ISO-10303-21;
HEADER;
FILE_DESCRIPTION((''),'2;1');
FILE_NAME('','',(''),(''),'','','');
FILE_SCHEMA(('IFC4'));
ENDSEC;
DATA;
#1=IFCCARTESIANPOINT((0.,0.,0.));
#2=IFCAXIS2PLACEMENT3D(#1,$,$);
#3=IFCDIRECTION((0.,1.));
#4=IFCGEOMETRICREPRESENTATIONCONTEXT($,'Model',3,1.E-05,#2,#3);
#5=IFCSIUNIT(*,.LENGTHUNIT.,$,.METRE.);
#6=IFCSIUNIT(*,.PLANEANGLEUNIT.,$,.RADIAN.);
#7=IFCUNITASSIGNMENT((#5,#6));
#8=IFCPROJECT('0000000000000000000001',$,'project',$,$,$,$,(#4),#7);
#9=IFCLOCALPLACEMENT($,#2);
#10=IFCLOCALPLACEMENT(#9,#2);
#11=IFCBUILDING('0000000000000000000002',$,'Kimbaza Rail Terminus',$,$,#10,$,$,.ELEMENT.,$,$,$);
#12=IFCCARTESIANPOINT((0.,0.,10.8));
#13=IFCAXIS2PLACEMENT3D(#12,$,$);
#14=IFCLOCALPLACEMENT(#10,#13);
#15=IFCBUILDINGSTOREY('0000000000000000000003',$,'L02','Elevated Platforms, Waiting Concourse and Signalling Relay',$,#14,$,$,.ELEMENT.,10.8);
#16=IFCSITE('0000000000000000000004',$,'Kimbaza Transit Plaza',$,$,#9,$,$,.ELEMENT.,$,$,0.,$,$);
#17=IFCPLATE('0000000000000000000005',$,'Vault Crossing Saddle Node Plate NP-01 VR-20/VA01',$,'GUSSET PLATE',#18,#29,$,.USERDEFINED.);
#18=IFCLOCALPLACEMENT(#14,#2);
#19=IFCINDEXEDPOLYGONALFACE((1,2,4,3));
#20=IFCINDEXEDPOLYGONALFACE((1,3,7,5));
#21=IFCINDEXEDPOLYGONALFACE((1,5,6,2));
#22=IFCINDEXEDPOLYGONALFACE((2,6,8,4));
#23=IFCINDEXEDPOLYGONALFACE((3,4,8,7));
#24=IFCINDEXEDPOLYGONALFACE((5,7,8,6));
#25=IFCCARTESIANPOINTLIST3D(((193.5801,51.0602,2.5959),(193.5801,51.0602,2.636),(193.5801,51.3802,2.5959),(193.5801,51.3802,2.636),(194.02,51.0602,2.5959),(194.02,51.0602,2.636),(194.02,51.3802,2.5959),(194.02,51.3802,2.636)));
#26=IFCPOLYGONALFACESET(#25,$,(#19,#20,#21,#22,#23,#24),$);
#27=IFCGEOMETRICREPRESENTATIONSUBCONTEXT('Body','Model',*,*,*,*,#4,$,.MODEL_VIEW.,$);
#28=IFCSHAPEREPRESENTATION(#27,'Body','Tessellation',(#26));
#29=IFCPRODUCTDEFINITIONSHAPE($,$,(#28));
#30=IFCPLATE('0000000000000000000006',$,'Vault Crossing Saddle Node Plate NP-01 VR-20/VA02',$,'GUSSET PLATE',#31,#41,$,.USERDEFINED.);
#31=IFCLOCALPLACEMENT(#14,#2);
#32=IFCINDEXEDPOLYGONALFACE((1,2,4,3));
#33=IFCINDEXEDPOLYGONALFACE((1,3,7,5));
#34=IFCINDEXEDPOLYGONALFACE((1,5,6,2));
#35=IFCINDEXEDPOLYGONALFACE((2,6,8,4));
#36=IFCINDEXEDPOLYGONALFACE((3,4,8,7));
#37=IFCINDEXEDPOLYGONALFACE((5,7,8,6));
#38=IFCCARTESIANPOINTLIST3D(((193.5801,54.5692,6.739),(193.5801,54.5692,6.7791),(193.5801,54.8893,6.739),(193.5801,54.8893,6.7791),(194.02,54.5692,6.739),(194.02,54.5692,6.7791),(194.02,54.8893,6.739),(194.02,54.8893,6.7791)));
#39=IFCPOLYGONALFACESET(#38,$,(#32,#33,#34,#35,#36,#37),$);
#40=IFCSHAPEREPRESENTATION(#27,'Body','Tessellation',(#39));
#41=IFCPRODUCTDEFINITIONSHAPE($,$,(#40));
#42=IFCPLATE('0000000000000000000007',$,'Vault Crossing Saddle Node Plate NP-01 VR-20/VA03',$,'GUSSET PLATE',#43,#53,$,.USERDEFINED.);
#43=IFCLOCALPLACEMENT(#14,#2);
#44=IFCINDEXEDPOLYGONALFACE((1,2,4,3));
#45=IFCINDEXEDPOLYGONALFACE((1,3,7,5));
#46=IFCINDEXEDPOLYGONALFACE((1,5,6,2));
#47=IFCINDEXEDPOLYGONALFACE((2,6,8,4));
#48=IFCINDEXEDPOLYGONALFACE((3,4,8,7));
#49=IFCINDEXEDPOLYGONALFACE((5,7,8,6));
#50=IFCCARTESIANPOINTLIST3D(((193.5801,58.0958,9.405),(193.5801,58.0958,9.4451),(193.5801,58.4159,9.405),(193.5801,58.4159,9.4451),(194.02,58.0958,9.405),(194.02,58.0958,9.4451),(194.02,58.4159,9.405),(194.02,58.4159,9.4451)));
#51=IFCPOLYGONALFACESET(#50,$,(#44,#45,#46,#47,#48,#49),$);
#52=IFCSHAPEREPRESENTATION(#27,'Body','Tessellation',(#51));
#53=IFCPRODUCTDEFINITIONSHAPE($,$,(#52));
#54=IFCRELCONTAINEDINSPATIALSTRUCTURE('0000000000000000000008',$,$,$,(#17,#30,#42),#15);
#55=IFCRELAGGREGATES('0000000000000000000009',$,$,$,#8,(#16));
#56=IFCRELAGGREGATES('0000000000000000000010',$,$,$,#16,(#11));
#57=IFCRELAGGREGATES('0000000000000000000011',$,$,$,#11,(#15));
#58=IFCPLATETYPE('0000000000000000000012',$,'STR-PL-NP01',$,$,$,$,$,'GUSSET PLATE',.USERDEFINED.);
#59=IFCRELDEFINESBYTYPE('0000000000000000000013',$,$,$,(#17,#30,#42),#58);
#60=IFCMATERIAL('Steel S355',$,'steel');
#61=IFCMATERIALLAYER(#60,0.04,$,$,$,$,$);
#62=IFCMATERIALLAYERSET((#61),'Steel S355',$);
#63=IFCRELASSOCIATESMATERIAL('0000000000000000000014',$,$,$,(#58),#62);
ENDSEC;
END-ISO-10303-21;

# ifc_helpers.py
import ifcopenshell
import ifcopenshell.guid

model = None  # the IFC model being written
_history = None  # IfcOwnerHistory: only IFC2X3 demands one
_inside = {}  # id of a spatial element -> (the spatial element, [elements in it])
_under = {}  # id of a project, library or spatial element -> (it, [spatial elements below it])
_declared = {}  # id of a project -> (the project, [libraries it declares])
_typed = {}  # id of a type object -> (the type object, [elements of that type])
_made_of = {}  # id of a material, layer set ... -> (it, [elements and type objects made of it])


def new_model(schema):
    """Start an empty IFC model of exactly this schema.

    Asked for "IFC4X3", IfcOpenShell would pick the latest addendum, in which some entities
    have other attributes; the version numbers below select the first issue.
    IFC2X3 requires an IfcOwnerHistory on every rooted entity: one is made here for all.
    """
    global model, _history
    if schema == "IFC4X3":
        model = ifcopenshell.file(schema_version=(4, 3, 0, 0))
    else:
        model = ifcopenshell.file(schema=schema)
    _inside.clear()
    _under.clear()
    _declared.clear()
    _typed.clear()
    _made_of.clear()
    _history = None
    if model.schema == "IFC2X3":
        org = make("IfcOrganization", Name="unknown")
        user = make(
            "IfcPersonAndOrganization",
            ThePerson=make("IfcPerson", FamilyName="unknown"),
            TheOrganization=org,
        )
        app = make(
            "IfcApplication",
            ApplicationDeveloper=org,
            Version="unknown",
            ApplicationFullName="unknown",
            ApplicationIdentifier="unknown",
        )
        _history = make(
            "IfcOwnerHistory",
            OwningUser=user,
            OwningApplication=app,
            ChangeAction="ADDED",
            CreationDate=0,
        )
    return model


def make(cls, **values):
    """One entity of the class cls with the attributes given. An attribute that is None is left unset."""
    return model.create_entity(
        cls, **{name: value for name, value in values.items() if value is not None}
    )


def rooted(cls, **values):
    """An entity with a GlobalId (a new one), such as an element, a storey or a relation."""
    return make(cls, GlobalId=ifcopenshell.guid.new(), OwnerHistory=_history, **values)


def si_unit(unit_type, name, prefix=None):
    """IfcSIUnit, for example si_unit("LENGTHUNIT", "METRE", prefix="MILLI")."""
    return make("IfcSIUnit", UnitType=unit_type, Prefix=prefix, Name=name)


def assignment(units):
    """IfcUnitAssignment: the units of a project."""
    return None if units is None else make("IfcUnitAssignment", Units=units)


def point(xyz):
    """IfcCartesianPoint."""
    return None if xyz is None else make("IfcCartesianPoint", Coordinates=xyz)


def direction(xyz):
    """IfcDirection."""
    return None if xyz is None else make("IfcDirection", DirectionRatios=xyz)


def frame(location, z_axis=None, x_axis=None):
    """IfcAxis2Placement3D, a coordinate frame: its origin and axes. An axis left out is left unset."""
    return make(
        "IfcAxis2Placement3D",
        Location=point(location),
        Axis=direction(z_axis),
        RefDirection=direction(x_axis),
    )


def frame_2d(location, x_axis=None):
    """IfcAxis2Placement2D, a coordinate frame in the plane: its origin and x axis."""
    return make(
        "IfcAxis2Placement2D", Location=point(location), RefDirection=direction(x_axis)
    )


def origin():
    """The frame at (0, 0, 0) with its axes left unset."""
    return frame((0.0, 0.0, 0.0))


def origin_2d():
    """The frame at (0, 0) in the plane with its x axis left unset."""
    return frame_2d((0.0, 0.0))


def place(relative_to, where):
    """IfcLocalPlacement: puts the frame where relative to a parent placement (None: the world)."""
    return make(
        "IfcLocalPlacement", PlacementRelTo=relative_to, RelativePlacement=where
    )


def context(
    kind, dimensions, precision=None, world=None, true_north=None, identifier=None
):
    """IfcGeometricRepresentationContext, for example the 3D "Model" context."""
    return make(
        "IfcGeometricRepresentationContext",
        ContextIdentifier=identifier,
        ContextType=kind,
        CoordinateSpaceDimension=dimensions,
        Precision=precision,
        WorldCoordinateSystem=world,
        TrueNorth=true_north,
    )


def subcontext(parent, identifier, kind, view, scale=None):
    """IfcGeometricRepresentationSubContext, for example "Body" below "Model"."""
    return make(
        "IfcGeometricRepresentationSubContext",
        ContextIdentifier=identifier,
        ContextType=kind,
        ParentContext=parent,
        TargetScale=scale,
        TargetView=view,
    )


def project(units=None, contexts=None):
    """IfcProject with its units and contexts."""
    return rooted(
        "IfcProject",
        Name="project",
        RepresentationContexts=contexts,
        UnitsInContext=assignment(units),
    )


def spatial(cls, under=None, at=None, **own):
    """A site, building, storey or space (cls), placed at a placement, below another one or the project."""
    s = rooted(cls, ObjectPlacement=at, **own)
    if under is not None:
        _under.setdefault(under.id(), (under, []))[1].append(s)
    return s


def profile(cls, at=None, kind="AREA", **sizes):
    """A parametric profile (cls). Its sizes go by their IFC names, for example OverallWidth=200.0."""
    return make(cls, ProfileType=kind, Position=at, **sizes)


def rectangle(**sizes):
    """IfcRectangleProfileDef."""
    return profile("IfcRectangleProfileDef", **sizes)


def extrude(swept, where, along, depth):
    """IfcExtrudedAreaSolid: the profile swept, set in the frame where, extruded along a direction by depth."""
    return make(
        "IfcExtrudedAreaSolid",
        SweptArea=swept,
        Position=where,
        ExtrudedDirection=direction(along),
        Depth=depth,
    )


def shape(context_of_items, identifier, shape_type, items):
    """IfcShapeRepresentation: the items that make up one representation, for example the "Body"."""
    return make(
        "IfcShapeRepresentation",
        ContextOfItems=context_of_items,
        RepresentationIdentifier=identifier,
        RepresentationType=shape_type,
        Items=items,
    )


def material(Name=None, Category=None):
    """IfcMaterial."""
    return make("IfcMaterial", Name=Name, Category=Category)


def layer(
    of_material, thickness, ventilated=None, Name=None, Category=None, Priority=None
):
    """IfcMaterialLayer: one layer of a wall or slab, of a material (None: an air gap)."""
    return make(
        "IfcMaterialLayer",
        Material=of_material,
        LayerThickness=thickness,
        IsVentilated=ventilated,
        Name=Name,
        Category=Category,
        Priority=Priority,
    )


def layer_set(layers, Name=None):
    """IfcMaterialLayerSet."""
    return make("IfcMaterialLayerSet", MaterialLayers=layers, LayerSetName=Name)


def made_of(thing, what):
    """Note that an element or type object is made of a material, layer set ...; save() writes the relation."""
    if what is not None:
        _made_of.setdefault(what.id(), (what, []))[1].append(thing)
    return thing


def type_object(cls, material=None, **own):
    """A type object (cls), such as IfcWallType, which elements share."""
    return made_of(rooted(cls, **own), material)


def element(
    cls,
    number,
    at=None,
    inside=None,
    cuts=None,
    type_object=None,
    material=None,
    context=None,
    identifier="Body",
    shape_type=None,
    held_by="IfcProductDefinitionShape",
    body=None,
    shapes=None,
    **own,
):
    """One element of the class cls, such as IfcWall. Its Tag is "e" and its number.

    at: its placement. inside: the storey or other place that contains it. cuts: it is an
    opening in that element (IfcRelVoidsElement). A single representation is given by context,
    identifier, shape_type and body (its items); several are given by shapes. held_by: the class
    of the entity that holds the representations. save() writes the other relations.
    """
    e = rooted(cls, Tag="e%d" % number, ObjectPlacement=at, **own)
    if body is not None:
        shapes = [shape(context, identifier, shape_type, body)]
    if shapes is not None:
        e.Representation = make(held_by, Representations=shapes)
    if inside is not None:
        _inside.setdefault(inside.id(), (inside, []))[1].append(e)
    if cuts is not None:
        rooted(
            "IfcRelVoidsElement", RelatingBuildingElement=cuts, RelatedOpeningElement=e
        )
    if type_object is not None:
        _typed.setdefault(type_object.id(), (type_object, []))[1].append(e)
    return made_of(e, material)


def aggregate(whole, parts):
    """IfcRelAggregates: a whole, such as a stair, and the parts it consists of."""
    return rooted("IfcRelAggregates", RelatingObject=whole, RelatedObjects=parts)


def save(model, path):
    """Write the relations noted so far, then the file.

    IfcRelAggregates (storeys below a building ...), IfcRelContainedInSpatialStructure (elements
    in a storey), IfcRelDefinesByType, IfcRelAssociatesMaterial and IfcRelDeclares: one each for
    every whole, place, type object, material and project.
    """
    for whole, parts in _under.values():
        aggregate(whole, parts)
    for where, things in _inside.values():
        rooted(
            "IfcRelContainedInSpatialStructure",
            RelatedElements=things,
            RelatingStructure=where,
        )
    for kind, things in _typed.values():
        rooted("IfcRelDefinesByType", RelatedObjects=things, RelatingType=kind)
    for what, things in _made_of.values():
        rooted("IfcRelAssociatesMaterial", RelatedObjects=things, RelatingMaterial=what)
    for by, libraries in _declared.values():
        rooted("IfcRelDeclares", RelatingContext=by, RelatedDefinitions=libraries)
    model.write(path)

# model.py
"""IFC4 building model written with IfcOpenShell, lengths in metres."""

from ifc_helpers import new_model, si_unit, direction, frame, origin, origin_2d, place, context, subcontext, project, spatial, rectangle, extrude, material, layer, layer_set, type_object, element, save


model = new_model("IFC4")

# Units and contexts
model_context = context("Model", 3, precision=1e-05, world=origin(), true_north=direction((0.0, 1.0)))
body_context = subcontext(model_context, "Body", "Model", "MODEL_VIEW")
ifc_project = project(units=[si_unit("LENGTHUNIT", "METRE"), si_unit("PLANEANGLEUNIT", "RADIAN")], contexts=[model_context])

# Site, building, storey
site_placement = place(None, origin())
site = spatial("IfcSite", under=ifc_project, at=site_placement, Name="Kimbaza Transit Plaza", CompositionType="ELEMENT", RefElevation=0.0)
building_placement = place(site_placement, origin())
building = spatial("IfcBuilding", under=site, at=building_placement, Name="Kimbaza Rail Terminus", CompositionType="ELEMENT")
storey_placement = place(building_placement, frame((0.0, 0.0, 10.8)))
storey = spatial("IfcBuildingStorey", under=building, at=storey_placement, Name="L02", Description="Elevated Platforms, Waiting Concourse and Signalling Relay", CompositionType="ELEMENT", Elevation=10.8)

# Plates
ifc_material_1 = material(Name="Steel S355", Category="steel")
ifc_layer_1 = layer(ifc_material_1, 0.04)
ifc_layer_set_1 = layer_set([ifc_layer_1], Name="Steel S355")
plate_type_1 = type_object("IfcPlateType", Name="STR-PL-NP01", ElementType="GUSSET PLATE", PredefinedType="USERDEFINED", material=ifc_layer_set_1)
for number, where, z_axis, x_axis, name in (
    (1, (193.8, 51.2202, 2.5959), (0.0, 0.0, 1.0), (1.0, 0.0, 0.0), "Vault Crossing Saddle Node Plate NP-01 VR-20/VA01"),
    (2, (193.8, 54.7292, 6.739), (0.0, 0.0, 1.0), (1.0, 0.0, 0.0), "Vault Crossing Saddle Node Plate NP-01 VR-20/VA02"),
    (3, (193.8, 58.2559, 9.405), (0.0, 0.0, 1.0), (1.0, 0.0, 0.0), "Vault Crossing Saddle Node Plate NP-01 VR-20/VA03"),
):
    element("IfcPlate", number, at=place(storey_placement, frame(where, z_axis=z_axis, x_axis=x_axis)), inside=storey, type_object=plate_type_1, Name=name, ObjectType="GUSSET PLATE", PredefinedType="USERDEFINED", context=body_context, shape_type="SweptSolid", body=[
        extrude(rectangle(XDim=0.4399, YDim=0.3201, at=origin_2d()), origin(), (0.0, 0.0, 1.0), 0.04),
    ])

save(model, "model.ifc")
